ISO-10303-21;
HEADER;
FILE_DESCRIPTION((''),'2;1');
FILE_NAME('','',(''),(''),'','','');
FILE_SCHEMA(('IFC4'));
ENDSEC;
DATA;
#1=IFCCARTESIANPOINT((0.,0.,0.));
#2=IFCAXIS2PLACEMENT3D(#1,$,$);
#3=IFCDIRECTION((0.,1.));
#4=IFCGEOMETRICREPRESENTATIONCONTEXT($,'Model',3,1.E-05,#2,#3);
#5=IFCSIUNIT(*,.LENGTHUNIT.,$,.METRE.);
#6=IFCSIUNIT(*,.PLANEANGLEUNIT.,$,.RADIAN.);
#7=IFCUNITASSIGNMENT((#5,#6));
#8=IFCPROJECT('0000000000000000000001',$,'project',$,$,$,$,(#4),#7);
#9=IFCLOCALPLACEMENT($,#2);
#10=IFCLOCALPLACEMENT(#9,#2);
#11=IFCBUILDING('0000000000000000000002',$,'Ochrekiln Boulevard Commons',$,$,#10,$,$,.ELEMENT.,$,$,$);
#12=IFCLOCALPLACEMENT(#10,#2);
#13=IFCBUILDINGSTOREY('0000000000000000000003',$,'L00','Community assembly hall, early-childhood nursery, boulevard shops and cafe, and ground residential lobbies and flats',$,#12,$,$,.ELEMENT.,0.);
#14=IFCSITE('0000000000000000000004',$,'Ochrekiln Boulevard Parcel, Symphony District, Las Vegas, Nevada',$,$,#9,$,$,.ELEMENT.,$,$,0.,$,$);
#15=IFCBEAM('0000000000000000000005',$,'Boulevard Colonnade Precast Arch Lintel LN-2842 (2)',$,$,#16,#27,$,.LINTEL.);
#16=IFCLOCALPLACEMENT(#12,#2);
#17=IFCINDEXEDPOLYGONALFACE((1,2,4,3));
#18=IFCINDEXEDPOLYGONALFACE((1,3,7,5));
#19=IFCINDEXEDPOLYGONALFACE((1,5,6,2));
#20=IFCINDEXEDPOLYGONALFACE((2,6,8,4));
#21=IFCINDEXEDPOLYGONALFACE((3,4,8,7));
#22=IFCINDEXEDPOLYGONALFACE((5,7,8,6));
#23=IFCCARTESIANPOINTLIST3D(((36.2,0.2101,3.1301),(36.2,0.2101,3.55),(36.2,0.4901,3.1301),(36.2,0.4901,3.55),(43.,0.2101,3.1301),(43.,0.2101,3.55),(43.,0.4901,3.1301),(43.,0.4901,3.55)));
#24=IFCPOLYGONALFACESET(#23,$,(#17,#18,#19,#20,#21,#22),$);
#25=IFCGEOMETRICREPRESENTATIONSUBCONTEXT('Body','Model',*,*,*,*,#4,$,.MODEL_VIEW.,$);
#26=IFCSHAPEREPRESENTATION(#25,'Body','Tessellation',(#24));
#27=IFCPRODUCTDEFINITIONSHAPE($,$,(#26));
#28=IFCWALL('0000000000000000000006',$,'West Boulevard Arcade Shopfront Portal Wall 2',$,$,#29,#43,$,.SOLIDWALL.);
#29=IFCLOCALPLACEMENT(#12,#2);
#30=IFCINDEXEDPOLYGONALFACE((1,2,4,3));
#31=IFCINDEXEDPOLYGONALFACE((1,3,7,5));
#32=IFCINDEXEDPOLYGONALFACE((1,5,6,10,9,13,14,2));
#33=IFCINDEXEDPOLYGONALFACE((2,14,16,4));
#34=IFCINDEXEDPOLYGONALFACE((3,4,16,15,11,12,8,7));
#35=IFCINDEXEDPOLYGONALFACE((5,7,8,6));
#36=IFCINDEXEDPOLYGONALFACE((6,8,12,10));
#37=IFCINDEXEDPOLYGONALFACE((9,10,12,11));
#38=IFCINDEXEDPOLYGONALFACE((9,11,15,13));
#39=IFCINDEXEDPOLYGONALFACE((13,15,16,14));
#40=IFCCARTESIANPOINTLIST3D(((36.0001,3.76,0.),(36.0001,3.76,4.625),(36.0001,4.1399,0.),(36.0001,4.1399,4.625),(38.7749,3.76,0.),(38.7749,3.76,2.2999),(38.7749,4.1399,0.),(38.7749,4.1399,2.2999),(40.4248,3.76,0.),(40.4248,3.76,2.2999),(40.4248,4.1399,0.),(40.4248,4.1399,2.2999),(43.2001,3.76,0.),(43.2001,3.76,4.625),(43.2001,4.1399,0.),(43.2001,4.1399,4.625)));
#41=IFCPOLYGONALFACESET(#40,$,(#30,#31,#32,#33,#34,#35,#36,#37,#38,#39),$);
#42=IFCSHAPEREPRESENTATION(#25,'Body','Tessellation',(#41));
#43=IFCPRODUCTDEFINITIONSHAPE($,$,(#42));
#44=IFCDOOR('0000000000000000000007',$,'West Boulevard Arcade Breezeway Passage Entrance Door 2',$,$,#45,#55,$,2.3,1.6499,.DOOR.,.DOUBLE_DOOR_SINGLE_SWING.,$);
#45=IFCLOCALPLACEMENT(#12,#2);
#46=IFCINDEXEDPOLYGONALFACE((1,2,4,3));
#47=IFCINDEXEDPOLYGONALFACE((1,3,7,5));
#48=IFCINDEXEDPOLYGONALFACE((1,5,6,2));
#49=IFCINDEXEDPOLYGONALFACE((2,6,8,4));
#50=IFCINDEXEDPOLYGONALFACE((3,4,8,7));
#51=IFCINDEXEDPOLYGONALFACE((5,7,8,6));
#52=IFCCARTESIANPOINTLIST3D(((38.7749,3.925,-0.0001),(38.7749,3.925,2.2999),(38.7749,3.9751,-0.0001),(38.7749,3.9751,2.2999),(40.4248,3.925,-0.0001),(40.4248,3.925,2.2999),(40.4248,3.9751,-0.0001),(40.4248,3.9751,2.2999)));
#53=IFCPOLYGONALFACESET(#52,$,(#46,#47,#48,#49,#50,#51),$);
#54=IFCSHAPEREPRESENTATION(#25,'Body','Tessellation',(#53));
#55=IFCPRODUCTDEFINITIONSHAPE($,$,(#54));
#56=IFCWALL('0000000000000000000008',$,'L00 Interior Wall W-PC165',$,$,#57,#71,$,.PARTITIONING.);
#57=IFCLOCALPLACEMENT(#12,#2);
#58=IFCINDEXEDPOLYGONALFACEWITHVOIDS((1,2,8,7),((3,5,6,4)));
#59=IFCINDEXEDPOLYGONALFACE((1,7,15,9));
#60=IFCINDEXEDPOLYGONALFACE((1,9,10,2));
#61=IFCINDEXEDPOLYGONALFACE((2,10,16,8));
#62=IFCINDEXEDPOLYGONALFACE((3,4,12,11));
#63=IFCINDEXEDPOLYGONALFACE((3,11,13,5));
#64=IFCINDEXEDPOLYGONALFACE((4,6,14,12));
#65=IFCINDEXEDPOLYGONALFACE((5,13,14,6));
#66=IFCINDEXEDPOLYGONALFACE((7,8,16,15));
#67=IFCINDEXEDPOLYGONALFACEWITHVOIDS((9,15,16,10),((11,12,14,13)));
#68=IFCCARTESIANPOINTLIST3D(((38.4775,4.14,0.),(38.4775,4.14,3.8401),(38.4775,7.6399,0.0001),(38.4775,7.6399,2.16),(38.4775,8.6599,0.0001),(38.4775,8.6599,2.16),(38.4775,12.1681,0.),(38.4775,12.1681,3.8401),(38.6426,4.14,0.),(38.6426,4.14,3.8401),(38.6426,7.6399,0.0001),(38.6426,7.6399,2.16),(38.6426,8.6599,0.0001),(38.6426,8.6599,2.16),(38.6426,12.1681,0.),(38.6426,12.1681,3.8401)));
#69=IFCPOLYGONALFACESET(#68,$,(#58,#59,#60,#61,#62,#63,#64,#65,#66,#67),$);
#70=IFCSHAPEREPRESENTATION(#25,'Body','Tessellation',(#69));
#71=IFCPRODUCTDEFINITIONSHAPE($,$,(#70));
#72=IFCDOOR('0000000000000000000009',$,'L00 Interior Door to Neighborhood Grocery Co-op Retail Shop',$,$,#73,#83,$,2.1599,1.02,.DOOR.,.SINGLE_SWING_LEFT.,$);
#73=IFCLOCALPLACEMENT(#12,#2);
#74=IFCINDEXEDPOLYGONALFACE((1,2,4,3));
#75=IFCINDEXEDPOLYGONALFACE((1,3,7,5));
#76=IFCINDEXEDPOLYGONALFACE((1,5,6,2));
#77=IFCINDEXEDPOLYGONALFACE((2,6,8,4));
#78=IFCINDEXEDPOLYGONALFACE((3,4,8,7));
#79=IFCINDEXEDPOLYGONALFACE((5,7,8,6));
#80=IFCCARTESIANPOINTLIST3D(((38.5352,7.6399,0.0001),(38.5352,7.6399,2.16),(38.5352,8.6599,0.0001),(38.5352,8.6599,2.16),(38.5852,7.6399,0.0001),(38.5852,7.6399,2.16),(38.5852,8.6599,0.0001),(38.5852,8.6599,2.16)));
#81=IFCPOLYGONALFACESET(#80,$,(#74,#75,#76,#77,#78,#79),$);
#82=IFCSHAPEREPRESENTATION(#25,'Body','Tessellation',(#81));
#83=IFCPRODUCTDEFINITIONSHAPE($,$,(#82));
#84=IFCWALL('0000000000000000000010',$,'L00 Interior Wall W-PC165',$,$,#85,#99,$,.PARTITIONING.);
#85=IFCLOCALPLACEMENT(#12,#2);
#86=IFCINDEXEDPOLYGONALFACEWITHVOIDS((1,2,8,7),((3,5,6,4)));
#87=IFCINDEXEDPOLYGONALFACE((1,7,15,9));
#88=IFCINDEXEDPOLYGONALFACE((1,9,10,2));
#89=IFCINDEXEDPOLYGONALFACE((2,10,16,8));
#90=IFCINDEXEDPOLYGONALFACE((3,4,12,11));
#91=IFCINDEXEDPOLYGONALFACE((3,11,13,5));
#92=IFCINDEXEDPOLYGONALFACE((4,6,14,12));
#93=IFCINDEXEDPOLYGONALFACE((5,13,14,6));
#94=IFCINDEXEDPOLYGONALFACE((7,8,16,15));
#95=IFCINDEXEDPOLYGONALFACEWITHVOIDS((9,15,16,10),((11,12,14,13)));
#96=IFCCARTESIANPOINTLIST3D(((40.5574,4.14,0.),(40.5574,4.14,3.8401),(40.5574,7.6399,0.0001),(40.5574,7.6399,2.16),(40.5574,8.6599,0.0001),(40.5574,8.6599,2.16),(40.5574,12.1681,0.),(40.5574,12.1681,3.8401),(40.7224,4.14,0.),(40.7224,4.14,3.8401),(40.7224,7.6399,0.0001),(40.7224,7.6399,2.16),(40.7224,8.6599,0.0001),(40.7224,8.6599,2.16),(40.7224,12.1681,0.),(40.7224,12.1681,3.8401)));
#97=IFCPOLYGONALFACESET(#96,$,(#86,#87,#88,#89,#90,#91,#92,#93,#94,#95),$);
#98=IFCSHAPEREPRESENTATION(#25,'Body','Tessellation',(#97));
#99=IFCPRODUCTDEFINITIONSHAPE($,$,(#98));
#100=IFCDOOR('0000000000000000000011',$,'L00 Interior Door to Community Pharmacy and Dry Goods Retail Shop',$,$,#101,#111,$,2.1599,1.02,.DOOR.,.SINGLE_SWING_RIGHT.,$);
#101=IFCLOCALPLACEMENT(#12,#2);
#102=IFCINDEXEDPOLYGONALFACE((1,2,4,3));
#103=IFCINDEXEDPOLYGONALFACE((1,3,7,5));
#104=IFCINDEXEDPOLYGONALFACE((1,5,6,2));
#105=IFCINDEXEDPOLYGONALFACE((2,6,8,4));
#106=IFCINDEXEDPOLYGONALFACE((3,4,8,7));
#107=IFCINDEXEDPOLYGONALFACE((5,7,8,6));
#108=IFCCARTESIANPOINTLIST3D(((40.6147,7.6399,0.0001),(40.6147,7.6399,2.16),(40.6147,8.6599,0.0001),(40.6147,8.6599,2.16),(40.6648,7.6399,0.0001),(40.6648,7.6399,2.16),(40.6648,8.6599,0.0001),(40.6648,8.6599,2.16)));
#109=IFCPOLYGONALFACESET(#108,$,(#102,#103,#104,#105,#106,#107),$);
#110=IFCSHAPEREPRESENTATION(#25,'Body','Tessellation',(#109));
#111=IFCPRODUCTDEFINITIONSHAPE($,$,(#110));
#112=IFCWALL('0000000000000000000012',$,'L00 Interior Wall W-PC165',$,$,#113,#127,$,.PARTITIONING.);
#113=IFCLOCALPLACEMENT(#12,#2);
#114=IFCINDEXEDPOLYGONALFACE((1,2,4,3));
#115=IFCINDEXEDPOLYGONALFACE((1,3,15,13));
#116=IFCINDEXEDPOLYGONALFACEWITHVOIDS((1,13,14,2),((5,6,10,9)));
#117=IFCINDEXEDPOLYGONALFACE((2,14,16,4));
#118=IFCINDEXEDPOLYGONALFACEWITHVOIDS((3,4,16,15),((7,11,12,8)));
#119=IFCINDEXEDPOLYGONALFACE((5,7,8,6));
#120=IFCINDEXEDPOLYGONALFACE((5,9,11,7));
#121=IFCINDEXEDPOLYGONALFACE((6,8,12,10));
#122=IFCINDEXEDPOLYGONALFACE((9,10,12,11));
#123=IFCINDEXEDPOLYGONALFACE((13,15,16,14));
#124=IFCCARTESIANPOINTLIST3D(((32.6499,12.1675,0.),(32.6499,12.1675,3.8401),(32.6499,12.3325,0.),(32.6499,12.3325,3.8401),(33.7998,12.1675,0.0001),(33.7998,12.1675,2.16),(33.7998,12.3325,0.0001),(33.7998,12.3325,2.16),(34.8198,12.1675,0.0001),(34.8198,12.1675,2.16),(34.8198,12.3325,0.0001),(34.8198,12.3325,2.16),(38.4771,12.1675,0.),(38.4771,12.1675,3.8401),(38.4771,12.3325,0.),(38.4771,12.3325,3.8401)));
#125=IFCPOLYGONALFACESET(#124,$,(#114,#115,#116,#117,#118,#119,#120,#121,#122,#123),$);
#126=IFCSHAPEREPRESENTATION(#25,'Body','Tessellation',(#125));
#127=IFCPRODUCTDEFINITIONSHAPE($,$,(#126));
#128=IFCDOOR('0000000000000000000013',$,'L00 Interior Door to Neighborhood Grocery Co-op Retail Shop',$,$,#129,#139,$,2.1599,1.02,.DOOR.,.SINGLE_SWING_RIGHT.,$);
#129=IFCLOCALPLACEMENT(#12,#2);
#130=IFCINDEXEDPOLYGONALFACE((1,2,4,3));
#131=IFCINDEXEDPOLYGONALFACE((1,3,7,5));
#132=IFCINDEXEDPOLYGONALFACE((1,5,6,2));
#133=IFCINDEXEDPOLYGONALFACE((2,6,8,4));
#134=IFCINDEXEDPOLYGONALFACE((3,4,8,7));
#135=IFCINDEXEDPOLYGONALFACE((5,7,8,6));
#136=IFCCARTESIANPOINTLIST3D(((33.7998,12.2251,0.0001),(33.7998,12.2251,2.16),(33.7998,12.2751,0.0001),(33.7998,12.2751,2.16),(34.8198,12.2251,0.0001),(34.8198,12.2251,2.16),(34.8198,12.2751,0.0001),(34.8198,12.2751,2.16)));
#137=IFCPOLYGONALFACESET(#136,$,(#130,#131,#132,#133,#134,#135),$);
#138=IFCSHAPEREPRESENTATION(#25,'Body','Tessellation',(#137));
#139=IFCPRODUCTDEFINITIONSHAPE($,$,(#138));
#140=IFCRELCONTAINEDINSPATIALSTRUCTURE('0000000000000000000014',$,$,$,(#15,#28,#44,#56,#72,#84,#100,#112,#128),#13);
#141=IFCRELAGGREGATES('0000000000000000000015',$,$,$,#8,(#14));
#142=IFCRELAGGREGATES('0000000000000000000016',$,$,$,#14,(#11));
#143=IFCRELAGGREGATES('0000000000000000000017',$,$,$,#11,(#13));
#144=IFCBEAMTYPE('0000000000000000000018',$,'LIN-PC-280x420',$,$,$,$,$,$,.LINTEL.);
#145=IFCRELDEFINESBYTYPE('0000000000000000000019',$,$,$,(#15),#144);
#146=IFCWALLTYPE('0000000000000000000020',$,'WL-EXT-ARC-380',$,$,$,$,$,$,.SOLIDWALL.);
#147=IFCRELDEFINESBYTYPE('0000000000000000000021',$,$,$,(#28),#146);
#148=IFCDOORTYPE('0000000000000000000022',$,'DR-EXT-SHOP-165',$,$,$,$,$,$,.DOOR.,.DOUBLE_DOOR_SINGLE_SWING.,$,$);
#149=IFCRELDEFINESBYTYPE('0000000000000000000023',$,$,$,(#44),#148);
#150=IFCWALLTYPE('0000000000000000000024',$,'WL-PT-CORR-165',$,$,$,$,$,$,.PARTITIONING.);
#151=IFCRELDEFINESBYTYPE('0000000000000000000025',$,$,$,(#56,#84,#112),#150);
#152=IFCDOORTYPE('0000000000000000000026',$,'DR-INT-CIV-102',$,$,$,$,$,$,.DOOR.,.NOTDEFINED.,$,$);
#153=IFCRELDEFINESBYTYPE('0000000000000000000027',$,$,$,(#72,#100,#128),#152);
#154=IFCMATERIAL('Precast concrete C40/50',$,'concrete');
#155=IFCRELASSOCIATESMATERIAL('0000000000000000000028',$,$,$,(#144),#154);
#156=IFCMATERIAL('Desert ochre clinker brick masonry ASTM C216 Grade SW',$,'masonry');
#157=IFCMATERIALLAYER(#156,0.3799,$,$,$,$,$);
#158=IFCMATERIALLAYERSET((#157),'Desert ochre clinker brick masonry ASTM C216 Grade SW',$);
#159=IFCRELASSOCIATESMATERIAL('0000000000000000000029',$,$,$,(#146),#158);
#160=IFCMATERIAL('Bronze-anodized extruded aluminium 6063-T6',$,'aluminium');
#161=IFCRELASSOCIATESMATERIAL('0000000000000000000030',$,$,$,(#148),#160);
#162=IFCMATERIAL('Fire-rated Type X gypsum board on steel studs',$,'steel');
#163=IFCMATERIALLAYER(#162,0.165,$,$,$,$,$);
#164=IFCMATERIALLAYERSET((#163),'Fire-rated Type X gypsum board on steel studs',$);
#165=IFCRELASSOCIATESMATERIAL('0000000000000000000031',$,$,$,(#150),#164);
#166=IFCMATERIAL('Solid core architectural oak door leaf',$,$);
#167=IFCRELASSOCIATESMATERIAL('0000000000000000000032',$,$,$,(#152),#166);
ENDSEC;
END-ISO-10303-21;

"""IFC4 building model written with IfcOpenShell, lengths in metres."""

from ifc_helpers import new_model, si_unit, direction, frame, frame_2d, origin, origin_2d, place, context, subcontext, project, spatial, rectangle, extrude, material, layer, layer_set, material_profile, profile_set, type_object, element, fill, save


model = new_model("IFC4")

# Units and contexts
model_context = context("Model", 3, precision=1e-05, world=origin(), true_north=direction((0.0, 1.0)))
body_context = subcontext(model_context, "Body", "Model", "MODEL_VIEW")
ifc_project = project(units=[si_unit("LENGTHUNIT", "METRE"), si_unit("PLANEANGLEUNIT", "RADIAN")], contexts=[model_context])

# Site, building, storey
site_placement = place(None, origin())
site = spatial("IfcSite", under=ifc_project, at=site_placement, Name="Ochrekiln Boulevard Parcel, Symphony District, Las Vegas, Nevada", CompositionType="ELEMENT", RefElevation=0.0)
building_placement = place(site_placement, origin())
building = spatial("IfcBuilding", under=site, at=building_placement, Name="Ochrekiln Boulevard Commons", CompositionType="ELEMENT")
storey_placement = place(building_placement, origin())
storey = spatial("IfcBuildingStorey", under=building, at=storey_placement, Name="L00", Description="Community assembly hall, early-childhood nursery, boulevard shops and cafe, and ground residential lobbies and flats", CompositionType="ELEMENT", Elevation=0.0)

# Beam
ifc_material_1 = material(Name="Precast concrete C40/50", Category="concrete")
ifc_material_profile_1 = material_profile(ifc_material_1, rectangle(XDim=0.28, YDim=0.4199, at=origin_2d()), Name="RC-LIN-280x420")
ifc_profile_set_1 = profile_set([ifc_material_profile_1], Name="Precast concrete C40/50")
beam_type_1 = type_object("IfcBeamType", Name="LIN-PC-280x420", PredefinedType="LINTEL", material=ifc_profile_set_1)
beam_1_placement = place(storey_placement, frame((36.2, 0.3501, 3.3401), z_axis=(1.0, 0.0, 0.0), x_axis=(0.0, 1.0, 0.0)))
element("IfcBeam", 1, at=beam_1_placement, inside=storey, type_object=beam_type_1, Name="Boulevard Colonnade Precast Arch Lintel LN-2842 (2)", PredefinedType="LINTEL", context=body_context, shape_type="SweptSolid", body=[
    extrude(rectangle(XDim=0.28, YDim=0.4199, at=origin_2d()), origin(), (0.0, 0.0, 1.0), 6.8),
])

# Walls, openings, doors
ifc_material_2 = material(Name="Desert ochre clinker brick masonry ASTM C216 Grade SW", Category="masonry")
ifc_layer_1 = layer(ifc_material_2, 0.3799)
ifc_layer_set_1 = layer_set([ifc_layer_1], Name="Desert ochre clinker brick masonry ASTM C216 Grade SW")
wall_type_1 = type_object("IfcWallType", Name="WL-EXT-ARC-380", PredefinedType="SOLIDWALL", material=ifc_layer_set_1)
wall_1_placement = place(storey_placement, frame((36.0, 3.95, 0.0), z_axis=(0.0, 0.0, 1.0), x_axis=(1.0, 0.0, 0.0)))
wall_1 = element("IfcWall", 2, at=wall_1_placement, inside=storey, type_object=wall_type_1, Name="West Boulevard Arcade Shopfront Portal Wall 2", PredefinedType="SOLIDWALL", context=body_context, shape_type="SweptSolid", body=[
    extrude(rectangle(XDim=7.2, YDim=0.3799, at=frame_2d((3.6001, 0.0))), origin(), (0.0, 0.0, 1.0), 4.625),
])
opening_1_placement = place(wall_1_placement, frame((2.7749, 0.0, 0.0)))
opening_1 = element("IfcOpeningElement", 3, at=opening_1_placement, cuts=wall_1, PredefinedType="OPENING", context=body_context, shape_type="SweptSolid", body=[
    extrude(rectangle(XDim=1.6499, YDim=2.3, at=frame_2d((0.825, 1.1499))), frame((0.0, 0.2, 0.0), z_axis=(0.0, -1.0, 0.0), x_axis=(1.0, 0.0, 0.0)), (0.0, 0.0, 1.0), 0.3999),
])
ifc_material_3 = material(Name="Bronze-anodized extruded aluminium 6063-T6", Category="aluminium")
door_type_1 = type_object("IfcDoorType", Name="DR-EXT-SHOP-165", OperationType="DOUBLE_DOOR_SINGLE_SWING", PredefinedType="DOOR", material=ifc_material_3)
door_1_placement = place(opening_1_placement, frame((1.6499, 0.0, 0.0), z_axis=(0.0, 0.0, 1.0), x_axis=(-1.0, 0.0, 0.0)))
door_1 = element("IfcDoor", 4, at=door_1_placement, inside=storey, type_object=door_type_1, Name="West Boulevard Arcade Breezeway Passage Entrance Door 2", OperationType="DOUBLE_DOOR_SINGLE_SWING", OverallHeight=2.3, OverallWidth=1.6499, PredefinedType="DOOR", context=body_context, shape_type="SweptSolid", body=[
    extrude(rectangle(XDim=1.6499, YDim=2.3, at=frame_2d((0.825, 1.1499))), frame((0.0, 0.0249, 0.0), z_axis=(0.0, -1.0, 0.0), x_axis=(1.0, 0.0, 0.0)), (0.0, 0.0, 1.0), 0.05),
])
fill(opening_1, door_1)
ifc_material_4 = material(Name="Fire-rated Type X gypsum board on steel studs", Category="steel")
ifc_layer_2 = layer(ifc_material_4, 0.165)
ifc_layer_set_2 = layer_set([ifc_layer_2], Name="Fire-rated Type X gypsum board on steel studs")
wall_type_2 = type_object("IfcWallType", Name="WL-PT-CORR-165", PredefinedType="PARTITIONING", material=ifc_layer_set_2)
wall_2_placement = place(storey_placement, frame((38.5601, 4.1399, 0.0), z_axis=(0.0, 0.0, 1.0), x_axis=(0.0, 1.0, 0.0)))
wall_2 = element("IfcWall", 5, at=wall_2_placement, inside=storey, type_object=wall_type_2, Name="L00 Interior Wall W-PC165", PredefinedType="PARTITIONING", context=body_context, shape_type="SweptSolid", body=[
    extrude(rectangle(XDim=8.0281, YDim=0.165, at=frame_2d((4.0142, 0.0))), origin(), (0.0, 0.0, 1.0), 3.8401),
])
opening_2_placement = place(wall_2_placement, frame((3.5, 0.0, 0.0)))
opening_2 = element("IfcOpeningElement", 6, at=opening_2_placement, cuts=wall_2, PredefinedType="OPENING", context=body_context, shape_type="SweptSolid", body=[
    extrude(rectangle(XDim=1.02, YDim=2.1599, at=frame_2d((0.51, 1.0801))), frame((0.0, 0.0925, 0.0), z_axis=(0.0, -1.0, 0.0), x_axis=(1.0, 0.0, 0.0)), (0.0, 0.0, 1.0), 0.1851),
])
ifc_material_5 = material(Name="Solid core architectural oak door leaf")
door_type_2 = type_object("IfcDoorType", Name="DR-INT-CIV-102", OperationType="NOTDEFINED", PredefinedType="DOOR", material=ifc_material_5)
door_2_placement = place(opening_2_placement, origin())
door_2 = element("IfcDoor", 7, at=door_2_placement, inside=storey, type_object=door_type_2, Name="L00 Interior Door to Neighborhood Grocery Co-op Retail Shop", OperationType="SINGLE_SWING_LEFT", OverallHeight=2.1599, OverallWidth=1.02, PredefinedType="DOOR", context=body_context, shape_type="SweptSolid", body=[
    extrude(rectangle(XDim=1.02, YDim=2.1599, at=frame_2d((0.51, 1.0801))), frame((0.0, 0.0249, 0.0), z_axis=(0.0, -1.0, 0.0), x_axis=(1.0, 0.0, 0.0)), (0.0, 0.0, 1.0), 0.05),
])
fill(opening_2, door_2)
wall_3_placement = place(storey_placement, frame((40.6399, 4.1399, 0.0), z_axis=(0.0, 0.0, 1.0), x_axis=(0.0, 1.0, 0.0)))
wall_3 = element("IfcWall", 8, at=wall_3_placement, inside=storey, type_object=wall_type_2, Name="L00 Interior Wall W-PC165", PredefinedType="PARTITIONING", context=body_context, shape_type="SweptSolid", body=[
    extrude(rectangle(XDim=8.0281, YDim=0.165, at=frame_2d((4.0142, 0.0))), origin(), (0.0, 0.0, 1.0), 3.8401),
])
opening_3_placement = place(wall_3_placement, frame((3.5, 0.0, 0.0)))
opening_3 = element("IfcOpeningElement", 9, at=opening_3_placement, cuts=wall_3, PredefinedType="OPENING", context=body_context, shape_type="SweptSolid", body=[
    extrude(rectangle(XDim=1.02, YDim=2.1599, at=frame_2d((0.51, 1.0801))), frame((0.0, 0.0925, 0.0), z_axis=(0.0, -1.0, 0.0), x_axis=(1.0, 0.0, 0.0)), (0.0, 0.0, 1.0), 0.1851),
])
door_3_placement = place(opening_3_placement, frame((1.02, 0.0, 0.0), z_axis=(0.0, 0.0, 1.0), x_axis=(-1.0, 0.0, 0.0)))
door_3 = element("IfcDoor", 10, at=door_3_placement, inside=storey, type_object=door_type_2, Name="L00 Interior Door to Community Pharmacy and Dry Goods Retail Shop", OperationType="SINGLE_SWING_RIGHT", OverallHeight=2.1599, OverallWidth=1.02, PredefinedType="DOOR", context=body_context, shape_type="SweptSolid", body=[
    extrude(rectangle(XDim=1.02, YDim=2.1599, at=frame_2d((0.51, 1.0801))), frame((0.0, 0.0249, 0.0), z_axis=(0.0, -1.0, 0.0), x_axis=(1.0, 0.0, 0.0)), (0.0, 0.0, 1.0), 0.05),
])
fill(opening_3, door_3)
wall_4_placement = place(storey_placement, frame((32.6499, 12.25, 0.0), z_axis=(0.0, 0.0, 1.0), x_axis=(1.0, 0.0, 0.0)))
wall_4 = element("IfcWall", 11, at=wall_4_placement, inside=storey, type_object=wall_type_2, Name="L00 Interior Wall W-PC165", PredefinedType="PARTITIONING", context=body_context, shape_type="SweptSolid", body=[
    extrude(rectangle(XDim=5.8271, YDim=0.165, at=frame_2d((2.9136, 0.0))), origin(), (0.0, 0.0, 1.0), 3.8401),
])
opening_4_placement = place(wall_4_placement, frame((1.1499, 0.0, 0.0)))
opening_4 = element("IfcOpeningElement", 12, at=opening_4_placement, cuts=wall_4, PredefinedType="OPENING", context=body_context, shape_type="SweptSolid", body=[
    extrude(rectangle(XDim=1.02, YDim=2.1599, at=frame_2d((0.51, 1.0801))), frame((0.0, 0.0925, 0.0), z_axis=(0.0, -1.0, 0.0), x_axis=(1.0, 0.0, 0.0)), (0.0, 0.0, 1.0), 0.1851),
])
door_4_placement = place(opening_4_placement, frame((1.02, 0.0, 0.0), z_axis=(0.0, 0.0, 1.0), x_axis=(-1.0, 0.0, 0.0)))
door_4 = element("IfcDoor", 13, at=door_4_placement, inside=storey, type_object=door_type_2, Name="L00 Interior Door to Neighborhood Grocery Co-op Retail Shop", OperationType="SINGLE_SWING_RIGHT", OverallHeight=2.1599, OverallWidth=1.02, PredefinedType="DOOR", context=body_context, shape_type="SweptSolid", body=[
    extrude(rectangle(XDim=1.02, YDim=2.1599, at=frame_2d((0.51, 1.0801))), frame((0.0, 0.0249, 0.0), z_axis=(0.0, -1.0, 0.0), x_axis=(1.0, 0.0, 0.0)), (0.0, 0.0, 1.0), 0.05),
])
fill(opening_4, door_4)

save(model, "model.ifc")
